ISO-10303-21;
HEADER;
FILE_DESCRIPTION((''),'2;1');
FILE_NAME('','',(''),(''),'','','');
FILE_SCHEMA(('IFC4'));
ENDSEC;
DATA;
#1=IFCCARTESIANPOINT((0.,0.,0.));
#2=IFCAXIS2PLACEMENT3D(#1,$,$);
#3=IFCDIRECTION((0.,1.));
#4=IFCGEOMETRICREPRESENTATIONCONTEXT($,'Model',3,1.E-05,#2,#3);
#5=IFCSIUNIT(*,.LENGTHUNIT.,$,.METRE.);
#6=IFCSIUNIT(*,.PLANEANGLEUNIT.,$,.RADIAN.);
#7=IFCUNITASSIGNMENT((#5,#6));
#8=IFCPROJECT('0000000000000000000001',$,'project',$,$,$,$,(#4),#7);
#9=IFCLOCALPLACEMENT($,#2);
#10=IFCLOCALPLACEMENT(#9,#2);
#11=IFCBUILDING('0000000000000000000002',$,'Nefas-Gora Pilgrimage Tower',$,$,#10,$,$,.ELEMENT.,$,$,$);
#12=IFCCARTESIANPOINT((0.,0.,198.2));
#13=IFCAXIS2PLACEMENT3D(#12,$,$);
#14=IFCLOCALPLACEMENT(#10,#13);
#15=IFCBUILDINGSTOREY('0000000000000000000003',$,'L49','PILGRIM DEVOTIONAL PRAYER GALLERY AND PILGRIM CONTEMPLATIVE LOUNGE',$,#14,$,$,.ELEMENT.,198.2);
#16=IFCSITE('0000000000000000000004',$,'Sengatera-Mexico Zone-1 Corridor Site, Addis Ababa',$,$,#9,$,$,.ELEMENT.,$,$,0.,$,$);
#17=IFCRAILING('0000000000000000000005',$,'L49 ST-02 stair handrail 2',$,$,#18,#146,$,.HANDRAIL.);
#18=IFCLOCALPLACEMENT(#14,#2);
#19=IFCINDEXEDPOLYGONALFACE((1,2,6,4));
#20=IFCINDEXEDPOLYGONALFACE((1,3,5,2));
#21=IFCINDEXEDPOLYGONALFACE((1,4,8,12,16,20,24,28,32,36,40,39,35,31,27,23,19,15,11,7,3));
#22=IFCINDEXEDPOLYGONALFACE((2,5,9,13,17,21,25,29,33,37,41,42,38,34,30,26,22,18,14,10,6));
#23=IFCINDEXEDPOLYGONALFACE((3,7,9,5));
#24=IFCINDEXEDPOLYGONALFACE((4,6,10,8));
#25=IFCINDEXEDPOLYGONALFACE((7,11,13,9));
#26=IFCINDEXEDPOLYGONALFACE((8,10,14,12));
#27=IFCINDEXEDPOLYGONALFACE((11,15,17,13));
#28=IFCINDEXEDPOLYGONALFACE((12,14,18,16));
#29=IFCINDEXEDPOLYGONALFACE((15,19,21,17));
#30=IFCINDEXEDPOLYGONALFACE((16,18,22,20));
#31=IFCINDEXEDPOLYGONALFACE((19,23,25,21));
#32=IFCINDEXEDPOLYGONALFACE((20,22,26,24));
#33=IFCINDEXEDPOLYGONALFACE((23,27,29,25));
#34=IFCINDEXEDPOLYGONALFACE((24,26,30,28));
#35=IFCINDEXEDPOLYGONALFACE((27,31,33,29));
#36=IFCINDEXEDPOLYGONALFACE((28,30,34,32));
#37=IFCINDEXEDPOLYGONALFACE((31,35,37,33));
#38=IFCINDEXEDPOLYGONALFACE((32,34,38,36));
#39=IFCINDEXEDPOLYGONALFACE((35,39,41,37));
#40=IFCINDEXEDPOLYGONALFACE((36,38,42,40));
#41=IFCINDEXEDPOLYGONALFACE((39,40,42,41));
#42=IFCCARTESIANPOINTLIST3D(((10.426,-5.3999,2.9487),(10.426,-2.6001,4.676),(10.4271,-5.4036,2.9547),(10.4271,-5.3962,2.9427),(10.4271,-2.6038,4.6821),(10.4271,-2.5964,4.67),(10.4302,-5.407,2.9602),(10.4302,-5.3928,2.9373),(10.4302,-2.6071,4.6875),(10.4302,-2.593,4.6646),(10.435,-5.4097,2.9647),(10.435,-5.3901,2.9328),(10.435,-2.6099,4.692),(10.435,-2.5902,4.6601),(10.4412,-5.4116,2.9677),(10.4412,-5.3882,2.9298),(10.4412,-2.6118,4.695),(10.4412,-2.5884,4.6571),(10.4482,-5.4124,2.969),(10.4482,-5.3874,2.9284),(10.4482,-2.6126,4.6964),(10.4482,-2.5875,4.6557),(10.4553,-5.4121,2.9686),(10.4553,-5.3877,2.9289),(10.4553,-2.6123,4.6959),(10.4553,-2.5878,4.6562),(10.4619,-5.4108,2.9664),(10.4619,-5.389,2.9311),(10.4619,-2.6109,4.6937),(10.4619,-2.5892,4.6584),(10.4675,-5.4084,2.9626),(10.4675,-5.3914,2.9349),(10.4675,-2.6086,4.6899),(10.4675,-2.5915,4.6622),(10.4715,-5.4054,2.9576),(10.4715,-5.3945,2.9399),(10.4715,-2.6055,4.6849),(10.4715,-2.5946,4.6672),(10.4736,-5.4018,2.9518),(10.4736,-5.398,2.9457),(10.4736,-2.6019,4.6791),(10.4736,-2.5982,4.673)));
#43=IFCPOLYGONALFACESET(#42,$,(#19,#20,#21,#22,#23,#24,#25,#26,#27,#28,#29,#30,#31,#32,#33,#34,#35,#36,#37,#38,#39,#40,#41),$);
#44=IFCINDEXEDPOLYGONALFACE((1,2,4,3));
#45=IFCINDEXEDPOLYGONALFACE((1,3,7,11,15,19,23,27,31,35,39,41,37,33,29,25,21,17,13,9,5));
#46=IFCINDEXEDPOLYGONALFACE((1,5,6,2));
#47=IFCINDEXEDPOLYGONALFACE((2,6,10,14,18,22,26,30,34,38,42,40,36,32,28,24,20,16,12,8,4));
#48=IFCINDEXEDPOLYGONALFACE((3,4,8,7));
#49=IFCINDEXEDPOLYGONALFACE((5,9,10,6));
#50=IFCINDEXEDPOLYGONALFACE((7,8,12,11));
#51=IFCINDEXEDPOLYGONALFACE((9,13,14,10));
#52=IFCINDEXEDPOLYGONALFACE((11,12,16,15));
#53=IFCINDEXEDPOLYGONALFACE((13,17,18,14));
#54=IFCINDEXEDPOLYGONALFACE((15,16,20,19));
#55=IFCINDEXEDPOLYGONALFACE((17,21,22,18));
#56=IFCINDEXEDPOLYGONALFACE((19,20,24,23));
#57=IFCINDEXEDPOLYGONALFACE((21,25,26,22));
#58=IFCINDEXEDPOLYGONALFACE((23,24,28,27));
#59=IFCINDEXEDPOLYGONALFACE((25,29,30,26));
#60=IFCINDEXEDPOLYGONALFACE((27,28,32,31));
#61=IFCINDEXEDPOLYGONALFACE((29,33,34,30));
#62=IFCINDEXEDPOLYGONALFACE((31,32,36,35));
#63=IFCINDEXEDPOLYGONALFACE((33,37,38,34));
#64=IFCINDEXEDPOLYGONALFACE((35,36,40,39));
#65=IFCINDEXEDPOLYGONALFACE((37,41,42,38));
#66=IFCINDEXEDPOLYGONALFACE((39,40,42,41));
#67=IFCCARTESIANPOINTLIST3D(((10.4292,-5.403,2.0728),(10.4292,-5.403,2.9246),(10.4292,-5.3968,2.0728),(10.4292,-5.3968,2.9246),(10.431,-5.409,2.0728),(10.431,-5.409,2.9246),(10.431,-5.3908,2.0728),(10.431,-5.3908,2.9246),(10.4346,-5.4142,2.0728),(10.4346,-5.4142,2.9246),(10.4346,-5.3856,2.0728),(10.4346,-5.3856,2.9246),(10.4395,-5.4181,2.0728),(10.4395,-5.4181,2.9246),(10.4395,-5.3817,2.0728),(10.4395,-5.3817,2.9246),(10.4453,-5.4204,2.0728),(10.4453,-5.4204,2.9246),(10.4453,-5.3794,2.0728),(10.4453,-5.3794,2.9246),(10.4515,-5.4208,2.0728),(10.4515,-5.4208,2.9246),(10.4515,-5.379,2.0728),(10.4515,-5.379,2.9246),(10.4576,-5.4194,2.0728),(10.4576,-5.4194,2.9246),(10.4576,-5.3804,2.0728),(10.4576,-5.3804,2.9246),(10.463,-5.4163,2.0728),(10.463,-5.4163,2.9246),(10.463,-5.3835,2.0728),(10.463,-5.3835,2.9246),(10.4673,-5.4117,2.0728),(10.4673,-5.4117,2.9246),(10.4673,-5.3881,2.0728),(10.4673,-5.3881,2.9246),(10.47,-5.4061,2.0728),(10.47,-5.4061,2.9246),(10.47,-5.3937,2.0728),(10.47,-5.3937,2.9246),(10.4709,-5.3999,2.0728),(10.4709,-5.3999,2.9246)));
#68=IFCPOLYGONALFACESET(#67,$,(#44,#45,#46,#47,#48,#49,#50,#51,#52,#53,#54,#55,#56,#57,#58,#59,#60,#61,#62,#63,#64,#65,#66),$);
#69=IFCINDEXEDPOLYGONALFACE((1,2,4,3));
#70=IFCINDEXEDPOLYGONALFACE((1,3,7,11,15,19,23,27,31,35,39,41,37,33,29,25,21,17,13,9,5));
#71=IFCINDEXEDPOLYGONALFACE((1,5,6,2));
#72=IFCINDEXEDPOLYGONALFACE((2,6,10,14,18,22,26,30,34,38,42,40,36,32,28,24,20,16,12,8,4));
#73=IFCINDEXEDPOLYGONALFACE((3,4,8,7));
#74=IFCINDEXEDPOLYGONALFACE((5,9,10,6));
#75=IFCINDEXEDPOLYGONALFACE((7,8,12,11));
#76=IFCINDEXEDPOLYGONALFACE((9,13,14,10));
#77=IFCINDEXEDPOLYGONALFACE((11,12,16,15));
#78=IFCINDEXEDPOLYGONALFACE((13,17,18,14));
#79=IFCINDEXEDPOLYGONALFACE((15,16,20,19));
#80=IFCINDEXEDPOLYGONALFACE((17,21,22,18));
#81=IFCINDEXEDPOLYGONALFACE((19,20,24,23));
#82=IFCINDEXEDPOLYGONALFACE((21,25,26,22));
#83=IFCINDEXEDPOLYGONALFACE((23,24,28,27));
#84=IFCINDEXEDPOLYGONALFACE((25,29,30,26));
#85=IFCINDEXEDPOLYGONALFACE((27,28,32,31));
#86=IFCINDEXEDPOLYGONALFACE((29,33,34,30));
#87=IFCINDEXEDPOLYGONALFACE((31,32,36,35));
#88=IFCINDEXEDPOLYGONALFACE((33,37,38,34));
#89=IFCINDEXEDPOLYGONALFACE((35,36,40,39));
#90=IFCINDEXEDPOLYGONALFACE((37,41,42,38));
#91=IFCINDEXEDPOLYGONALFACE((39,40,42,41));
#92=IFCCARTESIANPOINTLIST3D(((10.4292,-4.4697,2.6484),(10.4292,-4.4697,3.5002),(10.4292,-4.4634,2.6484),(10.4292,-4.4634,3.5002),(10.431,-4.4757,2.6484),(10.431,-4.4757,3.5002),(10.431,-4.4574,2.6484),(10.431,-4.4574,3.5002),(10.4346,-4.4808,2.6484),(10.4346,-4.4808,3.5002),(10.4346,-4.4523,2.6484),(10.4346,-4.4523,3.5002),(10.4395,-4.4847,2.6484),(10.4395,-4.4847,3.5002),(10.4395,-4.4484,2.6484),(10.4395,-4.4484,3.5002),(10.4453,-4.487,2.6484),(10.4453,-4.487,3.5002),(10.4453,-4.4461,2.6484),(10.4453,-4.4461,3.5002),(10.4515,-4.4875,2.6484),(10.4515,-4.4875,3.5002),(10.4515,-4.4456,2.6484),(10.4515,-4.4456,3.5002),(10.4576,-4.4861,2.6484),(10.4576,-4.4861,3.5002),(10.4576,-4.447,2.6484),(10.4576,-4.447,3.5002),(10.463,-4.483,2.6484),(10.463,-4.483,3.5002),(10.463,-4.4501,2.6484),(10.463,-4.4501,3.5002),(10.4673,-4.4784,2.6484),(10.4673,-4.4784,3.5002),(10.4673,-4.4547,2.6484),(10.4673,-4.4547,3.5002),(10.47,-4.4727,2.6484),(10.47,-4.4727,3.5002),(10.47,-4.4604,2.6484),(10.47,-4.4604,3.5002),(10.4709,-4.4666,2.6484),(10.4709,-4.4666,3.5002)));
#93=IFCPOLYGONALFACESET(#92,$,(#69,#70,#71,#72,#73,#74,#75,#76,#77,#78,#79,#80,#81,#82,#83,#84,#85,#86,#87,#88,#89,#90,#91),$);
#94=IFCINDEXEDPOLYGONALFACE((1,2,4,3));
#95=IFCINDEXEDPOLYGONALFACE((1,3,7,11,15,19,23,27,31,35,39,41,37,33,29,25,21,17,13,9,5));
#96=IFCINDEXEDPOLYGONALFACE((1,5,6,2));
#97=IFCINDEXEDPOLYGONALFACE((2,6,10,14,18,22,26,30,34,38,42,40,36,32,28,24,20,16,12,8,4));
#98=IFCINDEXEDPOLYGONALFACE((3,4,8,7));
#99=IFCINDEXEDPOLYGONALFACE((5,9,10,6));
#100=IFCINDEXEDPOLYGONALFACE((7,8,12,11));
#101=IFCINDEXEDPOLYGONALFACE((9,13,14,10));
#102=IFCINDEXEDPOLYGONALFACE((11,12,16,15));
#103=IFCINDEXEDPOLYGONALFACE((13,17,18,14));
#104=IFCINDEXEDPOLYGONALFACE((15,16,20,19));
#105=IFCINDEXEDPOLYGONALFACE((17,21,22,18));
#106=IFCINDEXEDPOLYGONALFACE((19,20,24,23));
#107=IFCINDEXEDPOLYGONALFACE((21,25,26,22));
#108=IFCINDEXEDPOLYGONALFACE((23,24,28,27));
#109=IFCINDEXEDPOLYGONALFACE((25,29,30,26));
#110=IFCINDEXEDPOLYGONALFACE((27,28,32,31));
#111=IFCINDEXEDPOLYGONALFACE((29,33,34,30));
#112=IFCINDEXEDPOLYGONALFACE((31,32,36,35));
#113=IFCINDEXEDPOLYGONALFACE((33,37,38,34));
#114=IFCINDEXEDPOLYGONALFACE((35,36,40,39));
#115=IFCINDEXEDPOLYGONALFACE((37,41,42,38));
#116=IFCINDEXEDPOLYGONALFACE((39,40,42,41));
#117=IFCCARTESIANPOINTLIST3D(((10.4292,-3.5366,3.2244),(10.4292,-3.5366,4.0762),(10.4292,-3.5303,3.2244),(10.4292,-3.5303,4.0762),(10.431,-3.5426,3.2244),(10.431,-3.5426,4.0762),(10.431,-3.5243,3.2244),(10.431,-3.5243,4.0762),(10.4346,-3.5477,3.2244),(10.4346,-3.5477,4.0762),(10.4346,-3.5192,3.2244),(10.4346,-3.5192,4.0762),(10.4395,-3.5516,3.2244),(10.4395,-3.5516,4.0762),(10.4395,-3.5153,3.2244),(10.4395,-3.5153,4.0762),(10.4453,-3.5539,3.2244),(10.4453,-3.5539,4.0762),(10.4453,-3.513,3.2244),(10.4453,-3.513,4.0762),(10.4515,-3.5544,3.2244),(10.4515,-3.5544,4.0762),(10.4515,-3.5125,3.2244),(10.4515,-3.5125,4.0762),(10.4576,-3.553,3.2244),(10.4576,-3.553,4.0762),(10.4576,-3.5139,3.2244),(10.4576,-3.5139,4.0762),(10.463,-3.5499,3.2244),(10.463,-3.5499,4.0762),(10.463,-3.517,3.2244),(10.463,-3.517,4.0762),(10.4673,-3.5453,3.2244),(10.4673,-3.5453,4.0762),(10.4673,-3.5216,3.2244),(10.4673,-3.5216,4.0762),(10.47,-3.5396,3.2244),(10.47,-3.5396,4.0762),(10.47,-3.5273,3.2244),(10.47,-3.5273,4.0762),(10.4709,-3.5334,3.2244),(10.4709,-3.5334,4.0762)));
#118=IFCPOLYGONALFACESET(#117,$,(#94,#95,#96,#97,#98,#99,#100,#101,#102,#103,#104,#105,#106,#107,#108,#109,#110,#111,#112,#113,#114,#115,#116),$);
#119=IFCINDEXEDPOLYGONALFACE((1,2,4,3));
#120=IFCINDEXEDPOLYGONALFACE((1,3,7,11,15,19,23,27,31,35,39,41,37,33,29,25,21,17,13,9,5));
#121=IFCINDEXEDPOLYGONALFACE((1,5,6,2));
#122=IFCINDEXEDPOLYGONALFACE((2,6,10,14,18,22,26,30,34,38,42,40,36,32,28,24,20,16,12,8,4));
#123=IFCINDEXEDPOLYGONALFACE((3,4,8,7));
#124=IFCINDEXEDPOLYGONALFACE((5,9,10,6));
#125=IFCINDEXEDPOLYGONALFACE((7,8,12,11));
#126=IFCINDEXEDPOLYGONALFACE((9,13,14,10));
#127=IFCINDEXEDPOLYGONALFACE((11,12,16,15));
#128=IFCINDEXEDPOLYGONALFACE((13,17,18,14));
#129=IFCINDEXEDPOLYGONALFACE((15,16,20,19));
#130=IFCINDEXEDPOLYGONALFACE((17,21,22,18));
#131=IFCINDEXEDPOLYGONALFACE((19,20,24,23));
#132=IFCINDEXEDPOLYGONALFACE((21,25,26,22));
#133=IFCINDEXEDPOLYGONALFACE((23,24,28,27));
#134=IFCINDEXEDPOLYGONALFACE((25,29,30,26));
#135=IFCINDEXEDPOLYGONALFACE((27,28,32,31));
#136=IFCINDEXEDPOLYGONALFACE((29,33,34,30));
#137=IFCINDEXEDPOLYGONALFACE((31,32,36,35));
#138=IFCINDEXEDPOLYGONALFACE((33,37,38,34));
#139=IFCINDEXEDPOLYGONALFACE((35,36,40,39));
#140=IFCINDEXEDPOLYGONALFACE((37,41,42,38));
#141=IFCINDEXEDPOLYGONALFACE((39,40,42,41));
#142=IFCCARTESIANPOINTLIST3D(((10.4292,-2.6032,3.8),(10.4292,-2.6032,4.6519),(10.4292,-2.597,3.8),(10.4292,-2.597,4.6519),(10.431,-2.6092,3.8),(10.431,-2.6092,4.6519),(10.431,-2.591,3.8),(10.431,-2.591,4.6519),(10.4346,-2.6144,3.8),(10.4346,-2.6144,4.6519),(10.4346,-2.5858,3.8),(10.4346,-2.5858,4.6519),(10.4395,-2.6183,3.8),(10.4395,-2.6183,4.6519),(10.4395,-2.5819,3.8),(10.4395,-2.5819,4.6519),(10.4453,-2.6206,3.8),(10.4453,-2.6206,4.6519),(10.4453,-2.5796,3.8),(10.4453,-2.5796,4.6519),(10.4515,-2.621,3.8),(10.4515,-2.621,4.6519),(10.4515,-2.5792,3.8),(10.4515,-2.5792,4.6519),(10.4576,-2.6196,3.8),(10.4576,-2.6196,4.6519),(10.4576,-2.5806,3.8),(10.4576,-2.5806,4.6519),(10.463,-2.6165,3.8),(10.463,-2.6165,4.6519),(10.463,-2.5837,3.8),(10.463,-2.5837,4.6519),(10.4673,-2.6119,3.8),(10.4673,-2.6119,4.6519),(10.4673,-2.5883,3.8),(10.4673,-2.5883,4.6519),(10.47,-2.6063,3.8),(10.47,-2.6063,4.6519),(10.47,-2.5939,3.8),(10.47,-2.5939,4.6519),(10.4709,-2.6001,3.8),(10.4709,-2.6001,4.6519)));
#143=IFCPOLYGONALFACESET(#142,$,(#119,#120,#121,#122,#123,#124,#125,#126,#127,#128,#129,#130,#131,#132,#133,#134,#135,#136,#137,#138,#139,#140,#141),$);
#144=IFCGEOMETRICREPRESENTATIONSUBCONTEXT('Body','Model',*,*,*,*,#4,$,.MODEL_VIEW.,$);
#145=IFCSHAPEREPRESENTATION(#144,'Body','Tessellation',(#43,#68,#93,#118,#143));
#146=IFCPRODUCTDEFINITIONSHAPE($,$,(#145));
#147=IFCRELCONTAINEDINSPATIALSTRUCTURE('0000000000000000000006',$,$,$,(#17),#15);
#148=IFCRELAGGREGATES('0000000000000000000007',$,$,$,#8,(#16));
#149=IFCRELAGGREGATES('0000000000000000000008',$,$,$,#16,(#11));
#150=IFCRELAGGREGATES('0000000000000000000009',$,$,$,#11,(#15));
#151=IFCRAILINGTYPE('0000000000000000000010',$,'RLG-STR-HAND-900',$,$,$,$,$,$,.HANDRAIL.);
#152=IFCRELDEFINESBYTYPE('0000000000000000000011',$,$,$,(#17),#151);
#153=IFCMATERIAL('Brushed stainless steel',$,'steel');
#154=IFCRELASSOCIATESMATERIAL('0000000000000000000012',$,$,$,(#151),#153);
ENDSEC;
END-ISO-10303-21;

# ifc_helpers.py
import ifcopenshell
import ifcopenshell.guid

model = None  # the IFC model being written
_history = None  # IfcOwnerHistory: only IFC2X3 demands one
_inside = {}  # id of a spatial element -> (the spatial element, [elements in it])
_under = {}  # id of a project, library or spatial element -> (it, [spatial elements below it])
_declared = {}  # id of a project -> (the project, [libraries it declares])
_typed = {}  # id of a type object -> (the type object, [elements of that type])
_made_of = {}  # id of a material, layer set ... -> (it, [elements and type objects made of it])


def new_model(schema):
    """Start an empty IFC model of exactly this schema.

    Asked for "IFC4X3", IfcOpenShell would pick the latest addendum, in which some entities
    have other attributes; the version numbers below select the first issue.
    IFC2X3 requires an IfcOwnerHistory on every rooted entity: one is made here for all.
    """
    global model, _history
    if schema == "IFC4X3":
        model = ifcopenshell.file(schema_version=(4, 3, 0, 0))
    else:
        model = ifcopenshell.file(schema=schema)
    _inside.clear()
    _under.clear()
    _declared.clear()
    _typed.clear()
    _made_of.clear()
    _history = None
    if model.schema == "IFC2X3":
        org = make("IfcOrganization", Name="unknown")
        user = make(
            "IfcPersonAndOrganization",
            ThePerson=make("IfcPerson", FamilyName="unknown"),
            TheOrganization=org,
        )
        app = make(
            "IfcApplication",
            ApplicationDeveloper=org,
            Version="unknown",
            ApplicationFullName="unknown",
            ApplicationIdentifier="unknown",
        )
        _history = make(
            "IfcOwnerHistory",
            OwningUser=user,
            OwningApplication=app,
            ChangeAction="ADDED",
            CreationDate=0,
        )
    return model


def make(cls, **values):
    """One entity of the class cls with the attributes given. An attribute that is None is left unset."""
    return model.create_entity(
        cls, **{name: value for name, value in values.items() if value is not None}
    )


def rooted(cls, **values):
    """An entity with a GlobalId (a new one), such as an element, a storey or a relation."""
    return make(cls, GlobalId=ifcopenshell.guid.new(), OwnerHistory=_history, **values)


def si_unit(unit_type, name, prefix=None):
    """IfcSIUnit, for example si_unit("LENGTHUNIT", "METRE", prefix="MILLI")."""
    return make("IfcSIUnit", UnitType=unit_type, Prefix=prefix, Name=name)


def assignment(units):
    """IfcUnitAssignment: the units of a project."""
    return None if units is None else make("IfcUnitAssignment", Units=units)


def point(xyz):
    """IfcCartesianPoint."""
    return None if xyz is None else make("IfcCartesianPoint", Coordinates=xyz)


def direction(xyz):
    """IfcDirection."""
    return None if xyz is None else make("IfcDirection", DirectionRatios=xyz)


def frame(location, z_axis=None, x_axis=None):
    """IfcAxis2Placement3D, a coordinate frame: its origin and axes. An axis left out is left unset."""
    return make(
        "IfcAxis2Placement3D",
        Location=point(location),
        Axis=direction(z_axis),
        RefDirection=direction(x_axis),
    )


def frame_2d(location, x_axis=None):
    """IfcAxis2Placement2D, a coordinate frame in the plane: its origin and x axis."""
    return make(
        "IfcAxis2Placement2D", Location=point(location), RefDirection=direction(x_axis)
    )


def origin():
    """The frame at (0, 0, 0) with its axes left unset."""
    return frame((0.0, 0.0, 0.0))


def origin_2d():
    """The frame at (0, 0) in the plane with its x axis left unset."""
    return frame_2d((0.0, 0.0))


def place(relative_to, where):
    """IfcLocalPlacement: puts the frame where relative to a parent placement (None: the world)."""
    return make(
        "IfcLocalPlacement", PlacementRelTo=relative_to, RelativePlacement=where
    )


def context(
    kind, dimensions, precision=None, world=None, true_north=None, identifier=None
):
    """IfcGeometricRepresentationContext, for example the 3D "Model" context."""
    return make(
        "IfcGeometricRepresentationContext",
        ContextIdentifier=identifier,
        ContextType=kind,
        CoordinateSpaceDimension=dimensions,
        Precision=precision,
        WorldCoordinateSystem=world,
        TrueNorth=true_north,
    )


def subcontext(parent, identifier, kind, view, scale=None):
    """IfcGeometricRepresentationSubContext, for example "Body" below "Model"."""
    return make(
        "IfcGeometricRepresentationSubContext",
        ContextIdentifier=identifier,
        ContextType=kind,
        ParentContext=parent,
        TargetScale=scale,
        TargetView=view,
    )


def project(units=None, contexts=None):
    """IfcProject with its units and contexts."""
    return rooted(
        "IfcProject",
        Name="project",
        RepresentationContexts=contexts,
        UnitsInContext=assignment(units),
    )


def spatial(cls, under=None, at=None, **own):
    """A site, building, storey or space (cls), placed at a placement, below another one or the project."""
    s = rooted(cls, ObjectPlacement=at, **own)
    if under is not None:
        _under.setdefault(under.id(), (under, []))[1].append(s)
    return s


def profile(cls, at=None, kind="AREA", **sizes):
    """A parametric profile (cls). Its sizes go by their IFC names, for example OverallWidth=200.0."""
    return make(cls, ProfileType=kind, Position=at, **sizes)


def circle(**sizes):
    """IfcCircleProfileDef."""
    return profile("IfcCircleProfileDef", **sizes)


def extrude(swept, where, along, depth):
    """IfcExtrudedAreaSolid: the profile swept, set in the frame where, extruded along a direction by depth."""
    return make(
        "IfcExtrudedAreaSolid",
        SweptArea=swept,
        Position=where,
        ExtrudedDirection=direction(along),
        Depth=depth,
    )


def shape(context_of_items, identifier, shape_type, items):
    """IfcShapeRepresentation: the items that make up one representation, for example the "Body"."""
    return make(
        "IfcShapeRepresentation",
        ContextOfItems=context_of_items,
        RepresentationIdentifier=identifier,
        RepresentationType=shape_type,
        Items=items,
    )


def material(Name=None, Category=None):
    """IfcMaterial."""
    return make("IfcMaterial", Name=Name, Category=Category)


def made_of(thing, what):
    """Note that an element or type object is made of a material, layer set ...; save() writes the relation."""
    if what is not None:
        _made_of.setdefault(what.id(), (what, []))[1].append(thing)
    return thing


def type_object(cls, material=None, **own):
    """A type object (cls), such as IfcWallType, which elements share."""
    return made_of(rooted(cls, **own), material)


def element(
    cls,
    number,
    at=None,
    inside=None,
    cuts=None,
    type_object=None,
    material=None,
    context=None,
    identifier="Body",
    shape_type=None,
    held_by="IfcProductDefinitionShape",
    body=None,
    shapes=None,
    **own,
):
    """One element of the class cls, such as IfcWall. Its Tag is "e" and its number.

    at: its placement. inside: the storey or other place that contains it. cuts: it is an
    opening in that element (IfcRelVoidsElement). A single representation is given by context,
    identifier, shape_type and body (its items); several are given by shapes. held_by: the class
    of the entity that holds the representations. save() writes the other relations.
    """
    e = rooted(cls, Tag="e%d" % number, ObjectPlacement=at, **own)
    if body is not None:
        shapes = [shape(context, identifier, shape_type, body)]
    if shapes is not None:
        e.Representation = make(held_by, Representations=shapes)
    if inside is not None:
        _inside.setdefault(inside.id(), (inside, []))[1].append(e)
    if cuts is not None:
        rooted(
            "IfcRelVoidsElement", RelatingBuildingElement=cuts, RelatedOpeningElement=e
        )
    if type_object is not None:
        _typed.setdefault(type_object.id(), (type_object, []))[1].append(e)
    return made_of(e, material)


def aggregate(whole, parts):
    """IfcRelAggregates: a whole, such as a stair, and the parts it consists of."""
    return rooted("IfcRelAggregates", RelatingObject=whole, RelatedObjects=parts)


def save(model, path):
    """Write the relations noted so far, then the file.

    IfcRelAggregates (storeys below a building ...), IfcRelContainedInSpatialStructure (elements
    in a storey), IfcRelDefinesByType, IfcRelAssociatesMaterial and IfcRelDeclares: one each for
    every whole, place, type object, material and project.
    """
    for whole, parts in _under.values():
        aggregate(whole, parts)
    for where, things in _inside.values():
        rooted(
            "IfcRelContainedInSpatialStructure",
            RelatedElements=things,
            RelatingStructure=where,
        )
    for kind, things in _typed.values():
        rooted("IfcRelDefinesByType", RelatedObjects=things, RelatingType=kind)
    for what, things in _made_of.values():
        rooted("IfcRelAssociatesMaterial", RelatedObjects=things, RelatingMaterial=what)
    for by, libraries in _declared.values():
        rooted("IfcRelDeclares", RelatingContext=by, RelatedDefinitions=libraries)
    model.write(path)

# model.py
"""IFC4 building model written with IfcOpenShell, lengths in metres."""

from ifc_helpers import new_model, si_unit, direction, frame, origin, origin_2d, place, context, subcontext, project, spatial, circle, extrude, material, type_object, element, save


model = new_model("IFC4")

# Units and contexts
model_context = context("Model", 3, precision=1e-05, world=origin(), true_north=direction((0.0, 1.0)))
body_context = subcontext(model_context, "Body", "Model", "MODEL_VIEW")
ifc_project = project(units=[si_unit("LENGTHUNIT", "METRE"), si_unit("PLANEANGLEUNIT", "RADIAN")], contexts=[model_context])

# Site, building, storey
site_placement = place(None, origin())
site = spatial("IfcSite", under=ifc_project, at=site_placement, Name="Sengatera-Mexico Zone-1 Corridor Site, Addis Ababa", CompositionType="ELEMENT", RefElevation=0.0)
building_placement = place(site_placement, origin())
building = spatial("IfcBuilding", under=site, at=building_placement, Name="Nefas-Gora Pilgrimage Tower", CompositionType="ELEMENT")
storey_placement = place(building_placement, frame((0.0, 0.0, 198.2)))
storey = spatial("IfcBuildingStorey", under=building, at=storey_placement, Name="L49", Description="PILGRIM DEVOTIONAL PRAYER GALLERY AND PILGRIM CONTEMPLATIVE LOUNGE", CompositionType="ELEMENT", Elevation=198.2)

# Railing
ifc_material_1 = material(Name="Brushed stainless steel", Category="steel")
railing_type_1 = type_object("IfcRailingType", Name="RLG-STR-HAND-900", PredefinedType="HANDRAIL", material=ifc_material_1)
railing_1_placement = place(storey_placement, frame((10.45, -5.3999, 2.0728)))
element("IfcRailing", 1, at=railing_1_placement, inside=storey, type_object=railing_type_1, Name="L49 ST-02 stair handrail 2", PredefinedType="HANDRAIL", context=body_context, shape_type="SweptSolid", body=[
    extrude(circle(Radius=0.0239, at=origin_2d()), frame((0.0, 0.0, 0.876), z_axis=(0.0, 0.851069, 0.525054), x_axis=(-1.0, 0.0, 0.0)), (0.0, 0.0, 1.0), 3.2898),
    extrude(circle(Radius=0.021, at=origin_2d()), origin(), (0.0, 0.0, 1.0), 0.8518),
    extrude(circle(Radius=0.021, at=origin_2d()), frame((0.0, 0.9333, 0.5757)), (0.0, 0.0, 1.0), 0.8518),
    extrude(circle(Radius=0.021, at=origin_2d()), frame((0.0, 1.8665, 1.1516)), (0.0, 0.0, 1.0), 0.8518),
    extrude(circle(Radius=0.021, at=origin_2d()), frame((0.0, 2.7998, 1.7273)), (0.0, 0.0, 1.0), 0.8518),
])

save(model, "model.ifc")
